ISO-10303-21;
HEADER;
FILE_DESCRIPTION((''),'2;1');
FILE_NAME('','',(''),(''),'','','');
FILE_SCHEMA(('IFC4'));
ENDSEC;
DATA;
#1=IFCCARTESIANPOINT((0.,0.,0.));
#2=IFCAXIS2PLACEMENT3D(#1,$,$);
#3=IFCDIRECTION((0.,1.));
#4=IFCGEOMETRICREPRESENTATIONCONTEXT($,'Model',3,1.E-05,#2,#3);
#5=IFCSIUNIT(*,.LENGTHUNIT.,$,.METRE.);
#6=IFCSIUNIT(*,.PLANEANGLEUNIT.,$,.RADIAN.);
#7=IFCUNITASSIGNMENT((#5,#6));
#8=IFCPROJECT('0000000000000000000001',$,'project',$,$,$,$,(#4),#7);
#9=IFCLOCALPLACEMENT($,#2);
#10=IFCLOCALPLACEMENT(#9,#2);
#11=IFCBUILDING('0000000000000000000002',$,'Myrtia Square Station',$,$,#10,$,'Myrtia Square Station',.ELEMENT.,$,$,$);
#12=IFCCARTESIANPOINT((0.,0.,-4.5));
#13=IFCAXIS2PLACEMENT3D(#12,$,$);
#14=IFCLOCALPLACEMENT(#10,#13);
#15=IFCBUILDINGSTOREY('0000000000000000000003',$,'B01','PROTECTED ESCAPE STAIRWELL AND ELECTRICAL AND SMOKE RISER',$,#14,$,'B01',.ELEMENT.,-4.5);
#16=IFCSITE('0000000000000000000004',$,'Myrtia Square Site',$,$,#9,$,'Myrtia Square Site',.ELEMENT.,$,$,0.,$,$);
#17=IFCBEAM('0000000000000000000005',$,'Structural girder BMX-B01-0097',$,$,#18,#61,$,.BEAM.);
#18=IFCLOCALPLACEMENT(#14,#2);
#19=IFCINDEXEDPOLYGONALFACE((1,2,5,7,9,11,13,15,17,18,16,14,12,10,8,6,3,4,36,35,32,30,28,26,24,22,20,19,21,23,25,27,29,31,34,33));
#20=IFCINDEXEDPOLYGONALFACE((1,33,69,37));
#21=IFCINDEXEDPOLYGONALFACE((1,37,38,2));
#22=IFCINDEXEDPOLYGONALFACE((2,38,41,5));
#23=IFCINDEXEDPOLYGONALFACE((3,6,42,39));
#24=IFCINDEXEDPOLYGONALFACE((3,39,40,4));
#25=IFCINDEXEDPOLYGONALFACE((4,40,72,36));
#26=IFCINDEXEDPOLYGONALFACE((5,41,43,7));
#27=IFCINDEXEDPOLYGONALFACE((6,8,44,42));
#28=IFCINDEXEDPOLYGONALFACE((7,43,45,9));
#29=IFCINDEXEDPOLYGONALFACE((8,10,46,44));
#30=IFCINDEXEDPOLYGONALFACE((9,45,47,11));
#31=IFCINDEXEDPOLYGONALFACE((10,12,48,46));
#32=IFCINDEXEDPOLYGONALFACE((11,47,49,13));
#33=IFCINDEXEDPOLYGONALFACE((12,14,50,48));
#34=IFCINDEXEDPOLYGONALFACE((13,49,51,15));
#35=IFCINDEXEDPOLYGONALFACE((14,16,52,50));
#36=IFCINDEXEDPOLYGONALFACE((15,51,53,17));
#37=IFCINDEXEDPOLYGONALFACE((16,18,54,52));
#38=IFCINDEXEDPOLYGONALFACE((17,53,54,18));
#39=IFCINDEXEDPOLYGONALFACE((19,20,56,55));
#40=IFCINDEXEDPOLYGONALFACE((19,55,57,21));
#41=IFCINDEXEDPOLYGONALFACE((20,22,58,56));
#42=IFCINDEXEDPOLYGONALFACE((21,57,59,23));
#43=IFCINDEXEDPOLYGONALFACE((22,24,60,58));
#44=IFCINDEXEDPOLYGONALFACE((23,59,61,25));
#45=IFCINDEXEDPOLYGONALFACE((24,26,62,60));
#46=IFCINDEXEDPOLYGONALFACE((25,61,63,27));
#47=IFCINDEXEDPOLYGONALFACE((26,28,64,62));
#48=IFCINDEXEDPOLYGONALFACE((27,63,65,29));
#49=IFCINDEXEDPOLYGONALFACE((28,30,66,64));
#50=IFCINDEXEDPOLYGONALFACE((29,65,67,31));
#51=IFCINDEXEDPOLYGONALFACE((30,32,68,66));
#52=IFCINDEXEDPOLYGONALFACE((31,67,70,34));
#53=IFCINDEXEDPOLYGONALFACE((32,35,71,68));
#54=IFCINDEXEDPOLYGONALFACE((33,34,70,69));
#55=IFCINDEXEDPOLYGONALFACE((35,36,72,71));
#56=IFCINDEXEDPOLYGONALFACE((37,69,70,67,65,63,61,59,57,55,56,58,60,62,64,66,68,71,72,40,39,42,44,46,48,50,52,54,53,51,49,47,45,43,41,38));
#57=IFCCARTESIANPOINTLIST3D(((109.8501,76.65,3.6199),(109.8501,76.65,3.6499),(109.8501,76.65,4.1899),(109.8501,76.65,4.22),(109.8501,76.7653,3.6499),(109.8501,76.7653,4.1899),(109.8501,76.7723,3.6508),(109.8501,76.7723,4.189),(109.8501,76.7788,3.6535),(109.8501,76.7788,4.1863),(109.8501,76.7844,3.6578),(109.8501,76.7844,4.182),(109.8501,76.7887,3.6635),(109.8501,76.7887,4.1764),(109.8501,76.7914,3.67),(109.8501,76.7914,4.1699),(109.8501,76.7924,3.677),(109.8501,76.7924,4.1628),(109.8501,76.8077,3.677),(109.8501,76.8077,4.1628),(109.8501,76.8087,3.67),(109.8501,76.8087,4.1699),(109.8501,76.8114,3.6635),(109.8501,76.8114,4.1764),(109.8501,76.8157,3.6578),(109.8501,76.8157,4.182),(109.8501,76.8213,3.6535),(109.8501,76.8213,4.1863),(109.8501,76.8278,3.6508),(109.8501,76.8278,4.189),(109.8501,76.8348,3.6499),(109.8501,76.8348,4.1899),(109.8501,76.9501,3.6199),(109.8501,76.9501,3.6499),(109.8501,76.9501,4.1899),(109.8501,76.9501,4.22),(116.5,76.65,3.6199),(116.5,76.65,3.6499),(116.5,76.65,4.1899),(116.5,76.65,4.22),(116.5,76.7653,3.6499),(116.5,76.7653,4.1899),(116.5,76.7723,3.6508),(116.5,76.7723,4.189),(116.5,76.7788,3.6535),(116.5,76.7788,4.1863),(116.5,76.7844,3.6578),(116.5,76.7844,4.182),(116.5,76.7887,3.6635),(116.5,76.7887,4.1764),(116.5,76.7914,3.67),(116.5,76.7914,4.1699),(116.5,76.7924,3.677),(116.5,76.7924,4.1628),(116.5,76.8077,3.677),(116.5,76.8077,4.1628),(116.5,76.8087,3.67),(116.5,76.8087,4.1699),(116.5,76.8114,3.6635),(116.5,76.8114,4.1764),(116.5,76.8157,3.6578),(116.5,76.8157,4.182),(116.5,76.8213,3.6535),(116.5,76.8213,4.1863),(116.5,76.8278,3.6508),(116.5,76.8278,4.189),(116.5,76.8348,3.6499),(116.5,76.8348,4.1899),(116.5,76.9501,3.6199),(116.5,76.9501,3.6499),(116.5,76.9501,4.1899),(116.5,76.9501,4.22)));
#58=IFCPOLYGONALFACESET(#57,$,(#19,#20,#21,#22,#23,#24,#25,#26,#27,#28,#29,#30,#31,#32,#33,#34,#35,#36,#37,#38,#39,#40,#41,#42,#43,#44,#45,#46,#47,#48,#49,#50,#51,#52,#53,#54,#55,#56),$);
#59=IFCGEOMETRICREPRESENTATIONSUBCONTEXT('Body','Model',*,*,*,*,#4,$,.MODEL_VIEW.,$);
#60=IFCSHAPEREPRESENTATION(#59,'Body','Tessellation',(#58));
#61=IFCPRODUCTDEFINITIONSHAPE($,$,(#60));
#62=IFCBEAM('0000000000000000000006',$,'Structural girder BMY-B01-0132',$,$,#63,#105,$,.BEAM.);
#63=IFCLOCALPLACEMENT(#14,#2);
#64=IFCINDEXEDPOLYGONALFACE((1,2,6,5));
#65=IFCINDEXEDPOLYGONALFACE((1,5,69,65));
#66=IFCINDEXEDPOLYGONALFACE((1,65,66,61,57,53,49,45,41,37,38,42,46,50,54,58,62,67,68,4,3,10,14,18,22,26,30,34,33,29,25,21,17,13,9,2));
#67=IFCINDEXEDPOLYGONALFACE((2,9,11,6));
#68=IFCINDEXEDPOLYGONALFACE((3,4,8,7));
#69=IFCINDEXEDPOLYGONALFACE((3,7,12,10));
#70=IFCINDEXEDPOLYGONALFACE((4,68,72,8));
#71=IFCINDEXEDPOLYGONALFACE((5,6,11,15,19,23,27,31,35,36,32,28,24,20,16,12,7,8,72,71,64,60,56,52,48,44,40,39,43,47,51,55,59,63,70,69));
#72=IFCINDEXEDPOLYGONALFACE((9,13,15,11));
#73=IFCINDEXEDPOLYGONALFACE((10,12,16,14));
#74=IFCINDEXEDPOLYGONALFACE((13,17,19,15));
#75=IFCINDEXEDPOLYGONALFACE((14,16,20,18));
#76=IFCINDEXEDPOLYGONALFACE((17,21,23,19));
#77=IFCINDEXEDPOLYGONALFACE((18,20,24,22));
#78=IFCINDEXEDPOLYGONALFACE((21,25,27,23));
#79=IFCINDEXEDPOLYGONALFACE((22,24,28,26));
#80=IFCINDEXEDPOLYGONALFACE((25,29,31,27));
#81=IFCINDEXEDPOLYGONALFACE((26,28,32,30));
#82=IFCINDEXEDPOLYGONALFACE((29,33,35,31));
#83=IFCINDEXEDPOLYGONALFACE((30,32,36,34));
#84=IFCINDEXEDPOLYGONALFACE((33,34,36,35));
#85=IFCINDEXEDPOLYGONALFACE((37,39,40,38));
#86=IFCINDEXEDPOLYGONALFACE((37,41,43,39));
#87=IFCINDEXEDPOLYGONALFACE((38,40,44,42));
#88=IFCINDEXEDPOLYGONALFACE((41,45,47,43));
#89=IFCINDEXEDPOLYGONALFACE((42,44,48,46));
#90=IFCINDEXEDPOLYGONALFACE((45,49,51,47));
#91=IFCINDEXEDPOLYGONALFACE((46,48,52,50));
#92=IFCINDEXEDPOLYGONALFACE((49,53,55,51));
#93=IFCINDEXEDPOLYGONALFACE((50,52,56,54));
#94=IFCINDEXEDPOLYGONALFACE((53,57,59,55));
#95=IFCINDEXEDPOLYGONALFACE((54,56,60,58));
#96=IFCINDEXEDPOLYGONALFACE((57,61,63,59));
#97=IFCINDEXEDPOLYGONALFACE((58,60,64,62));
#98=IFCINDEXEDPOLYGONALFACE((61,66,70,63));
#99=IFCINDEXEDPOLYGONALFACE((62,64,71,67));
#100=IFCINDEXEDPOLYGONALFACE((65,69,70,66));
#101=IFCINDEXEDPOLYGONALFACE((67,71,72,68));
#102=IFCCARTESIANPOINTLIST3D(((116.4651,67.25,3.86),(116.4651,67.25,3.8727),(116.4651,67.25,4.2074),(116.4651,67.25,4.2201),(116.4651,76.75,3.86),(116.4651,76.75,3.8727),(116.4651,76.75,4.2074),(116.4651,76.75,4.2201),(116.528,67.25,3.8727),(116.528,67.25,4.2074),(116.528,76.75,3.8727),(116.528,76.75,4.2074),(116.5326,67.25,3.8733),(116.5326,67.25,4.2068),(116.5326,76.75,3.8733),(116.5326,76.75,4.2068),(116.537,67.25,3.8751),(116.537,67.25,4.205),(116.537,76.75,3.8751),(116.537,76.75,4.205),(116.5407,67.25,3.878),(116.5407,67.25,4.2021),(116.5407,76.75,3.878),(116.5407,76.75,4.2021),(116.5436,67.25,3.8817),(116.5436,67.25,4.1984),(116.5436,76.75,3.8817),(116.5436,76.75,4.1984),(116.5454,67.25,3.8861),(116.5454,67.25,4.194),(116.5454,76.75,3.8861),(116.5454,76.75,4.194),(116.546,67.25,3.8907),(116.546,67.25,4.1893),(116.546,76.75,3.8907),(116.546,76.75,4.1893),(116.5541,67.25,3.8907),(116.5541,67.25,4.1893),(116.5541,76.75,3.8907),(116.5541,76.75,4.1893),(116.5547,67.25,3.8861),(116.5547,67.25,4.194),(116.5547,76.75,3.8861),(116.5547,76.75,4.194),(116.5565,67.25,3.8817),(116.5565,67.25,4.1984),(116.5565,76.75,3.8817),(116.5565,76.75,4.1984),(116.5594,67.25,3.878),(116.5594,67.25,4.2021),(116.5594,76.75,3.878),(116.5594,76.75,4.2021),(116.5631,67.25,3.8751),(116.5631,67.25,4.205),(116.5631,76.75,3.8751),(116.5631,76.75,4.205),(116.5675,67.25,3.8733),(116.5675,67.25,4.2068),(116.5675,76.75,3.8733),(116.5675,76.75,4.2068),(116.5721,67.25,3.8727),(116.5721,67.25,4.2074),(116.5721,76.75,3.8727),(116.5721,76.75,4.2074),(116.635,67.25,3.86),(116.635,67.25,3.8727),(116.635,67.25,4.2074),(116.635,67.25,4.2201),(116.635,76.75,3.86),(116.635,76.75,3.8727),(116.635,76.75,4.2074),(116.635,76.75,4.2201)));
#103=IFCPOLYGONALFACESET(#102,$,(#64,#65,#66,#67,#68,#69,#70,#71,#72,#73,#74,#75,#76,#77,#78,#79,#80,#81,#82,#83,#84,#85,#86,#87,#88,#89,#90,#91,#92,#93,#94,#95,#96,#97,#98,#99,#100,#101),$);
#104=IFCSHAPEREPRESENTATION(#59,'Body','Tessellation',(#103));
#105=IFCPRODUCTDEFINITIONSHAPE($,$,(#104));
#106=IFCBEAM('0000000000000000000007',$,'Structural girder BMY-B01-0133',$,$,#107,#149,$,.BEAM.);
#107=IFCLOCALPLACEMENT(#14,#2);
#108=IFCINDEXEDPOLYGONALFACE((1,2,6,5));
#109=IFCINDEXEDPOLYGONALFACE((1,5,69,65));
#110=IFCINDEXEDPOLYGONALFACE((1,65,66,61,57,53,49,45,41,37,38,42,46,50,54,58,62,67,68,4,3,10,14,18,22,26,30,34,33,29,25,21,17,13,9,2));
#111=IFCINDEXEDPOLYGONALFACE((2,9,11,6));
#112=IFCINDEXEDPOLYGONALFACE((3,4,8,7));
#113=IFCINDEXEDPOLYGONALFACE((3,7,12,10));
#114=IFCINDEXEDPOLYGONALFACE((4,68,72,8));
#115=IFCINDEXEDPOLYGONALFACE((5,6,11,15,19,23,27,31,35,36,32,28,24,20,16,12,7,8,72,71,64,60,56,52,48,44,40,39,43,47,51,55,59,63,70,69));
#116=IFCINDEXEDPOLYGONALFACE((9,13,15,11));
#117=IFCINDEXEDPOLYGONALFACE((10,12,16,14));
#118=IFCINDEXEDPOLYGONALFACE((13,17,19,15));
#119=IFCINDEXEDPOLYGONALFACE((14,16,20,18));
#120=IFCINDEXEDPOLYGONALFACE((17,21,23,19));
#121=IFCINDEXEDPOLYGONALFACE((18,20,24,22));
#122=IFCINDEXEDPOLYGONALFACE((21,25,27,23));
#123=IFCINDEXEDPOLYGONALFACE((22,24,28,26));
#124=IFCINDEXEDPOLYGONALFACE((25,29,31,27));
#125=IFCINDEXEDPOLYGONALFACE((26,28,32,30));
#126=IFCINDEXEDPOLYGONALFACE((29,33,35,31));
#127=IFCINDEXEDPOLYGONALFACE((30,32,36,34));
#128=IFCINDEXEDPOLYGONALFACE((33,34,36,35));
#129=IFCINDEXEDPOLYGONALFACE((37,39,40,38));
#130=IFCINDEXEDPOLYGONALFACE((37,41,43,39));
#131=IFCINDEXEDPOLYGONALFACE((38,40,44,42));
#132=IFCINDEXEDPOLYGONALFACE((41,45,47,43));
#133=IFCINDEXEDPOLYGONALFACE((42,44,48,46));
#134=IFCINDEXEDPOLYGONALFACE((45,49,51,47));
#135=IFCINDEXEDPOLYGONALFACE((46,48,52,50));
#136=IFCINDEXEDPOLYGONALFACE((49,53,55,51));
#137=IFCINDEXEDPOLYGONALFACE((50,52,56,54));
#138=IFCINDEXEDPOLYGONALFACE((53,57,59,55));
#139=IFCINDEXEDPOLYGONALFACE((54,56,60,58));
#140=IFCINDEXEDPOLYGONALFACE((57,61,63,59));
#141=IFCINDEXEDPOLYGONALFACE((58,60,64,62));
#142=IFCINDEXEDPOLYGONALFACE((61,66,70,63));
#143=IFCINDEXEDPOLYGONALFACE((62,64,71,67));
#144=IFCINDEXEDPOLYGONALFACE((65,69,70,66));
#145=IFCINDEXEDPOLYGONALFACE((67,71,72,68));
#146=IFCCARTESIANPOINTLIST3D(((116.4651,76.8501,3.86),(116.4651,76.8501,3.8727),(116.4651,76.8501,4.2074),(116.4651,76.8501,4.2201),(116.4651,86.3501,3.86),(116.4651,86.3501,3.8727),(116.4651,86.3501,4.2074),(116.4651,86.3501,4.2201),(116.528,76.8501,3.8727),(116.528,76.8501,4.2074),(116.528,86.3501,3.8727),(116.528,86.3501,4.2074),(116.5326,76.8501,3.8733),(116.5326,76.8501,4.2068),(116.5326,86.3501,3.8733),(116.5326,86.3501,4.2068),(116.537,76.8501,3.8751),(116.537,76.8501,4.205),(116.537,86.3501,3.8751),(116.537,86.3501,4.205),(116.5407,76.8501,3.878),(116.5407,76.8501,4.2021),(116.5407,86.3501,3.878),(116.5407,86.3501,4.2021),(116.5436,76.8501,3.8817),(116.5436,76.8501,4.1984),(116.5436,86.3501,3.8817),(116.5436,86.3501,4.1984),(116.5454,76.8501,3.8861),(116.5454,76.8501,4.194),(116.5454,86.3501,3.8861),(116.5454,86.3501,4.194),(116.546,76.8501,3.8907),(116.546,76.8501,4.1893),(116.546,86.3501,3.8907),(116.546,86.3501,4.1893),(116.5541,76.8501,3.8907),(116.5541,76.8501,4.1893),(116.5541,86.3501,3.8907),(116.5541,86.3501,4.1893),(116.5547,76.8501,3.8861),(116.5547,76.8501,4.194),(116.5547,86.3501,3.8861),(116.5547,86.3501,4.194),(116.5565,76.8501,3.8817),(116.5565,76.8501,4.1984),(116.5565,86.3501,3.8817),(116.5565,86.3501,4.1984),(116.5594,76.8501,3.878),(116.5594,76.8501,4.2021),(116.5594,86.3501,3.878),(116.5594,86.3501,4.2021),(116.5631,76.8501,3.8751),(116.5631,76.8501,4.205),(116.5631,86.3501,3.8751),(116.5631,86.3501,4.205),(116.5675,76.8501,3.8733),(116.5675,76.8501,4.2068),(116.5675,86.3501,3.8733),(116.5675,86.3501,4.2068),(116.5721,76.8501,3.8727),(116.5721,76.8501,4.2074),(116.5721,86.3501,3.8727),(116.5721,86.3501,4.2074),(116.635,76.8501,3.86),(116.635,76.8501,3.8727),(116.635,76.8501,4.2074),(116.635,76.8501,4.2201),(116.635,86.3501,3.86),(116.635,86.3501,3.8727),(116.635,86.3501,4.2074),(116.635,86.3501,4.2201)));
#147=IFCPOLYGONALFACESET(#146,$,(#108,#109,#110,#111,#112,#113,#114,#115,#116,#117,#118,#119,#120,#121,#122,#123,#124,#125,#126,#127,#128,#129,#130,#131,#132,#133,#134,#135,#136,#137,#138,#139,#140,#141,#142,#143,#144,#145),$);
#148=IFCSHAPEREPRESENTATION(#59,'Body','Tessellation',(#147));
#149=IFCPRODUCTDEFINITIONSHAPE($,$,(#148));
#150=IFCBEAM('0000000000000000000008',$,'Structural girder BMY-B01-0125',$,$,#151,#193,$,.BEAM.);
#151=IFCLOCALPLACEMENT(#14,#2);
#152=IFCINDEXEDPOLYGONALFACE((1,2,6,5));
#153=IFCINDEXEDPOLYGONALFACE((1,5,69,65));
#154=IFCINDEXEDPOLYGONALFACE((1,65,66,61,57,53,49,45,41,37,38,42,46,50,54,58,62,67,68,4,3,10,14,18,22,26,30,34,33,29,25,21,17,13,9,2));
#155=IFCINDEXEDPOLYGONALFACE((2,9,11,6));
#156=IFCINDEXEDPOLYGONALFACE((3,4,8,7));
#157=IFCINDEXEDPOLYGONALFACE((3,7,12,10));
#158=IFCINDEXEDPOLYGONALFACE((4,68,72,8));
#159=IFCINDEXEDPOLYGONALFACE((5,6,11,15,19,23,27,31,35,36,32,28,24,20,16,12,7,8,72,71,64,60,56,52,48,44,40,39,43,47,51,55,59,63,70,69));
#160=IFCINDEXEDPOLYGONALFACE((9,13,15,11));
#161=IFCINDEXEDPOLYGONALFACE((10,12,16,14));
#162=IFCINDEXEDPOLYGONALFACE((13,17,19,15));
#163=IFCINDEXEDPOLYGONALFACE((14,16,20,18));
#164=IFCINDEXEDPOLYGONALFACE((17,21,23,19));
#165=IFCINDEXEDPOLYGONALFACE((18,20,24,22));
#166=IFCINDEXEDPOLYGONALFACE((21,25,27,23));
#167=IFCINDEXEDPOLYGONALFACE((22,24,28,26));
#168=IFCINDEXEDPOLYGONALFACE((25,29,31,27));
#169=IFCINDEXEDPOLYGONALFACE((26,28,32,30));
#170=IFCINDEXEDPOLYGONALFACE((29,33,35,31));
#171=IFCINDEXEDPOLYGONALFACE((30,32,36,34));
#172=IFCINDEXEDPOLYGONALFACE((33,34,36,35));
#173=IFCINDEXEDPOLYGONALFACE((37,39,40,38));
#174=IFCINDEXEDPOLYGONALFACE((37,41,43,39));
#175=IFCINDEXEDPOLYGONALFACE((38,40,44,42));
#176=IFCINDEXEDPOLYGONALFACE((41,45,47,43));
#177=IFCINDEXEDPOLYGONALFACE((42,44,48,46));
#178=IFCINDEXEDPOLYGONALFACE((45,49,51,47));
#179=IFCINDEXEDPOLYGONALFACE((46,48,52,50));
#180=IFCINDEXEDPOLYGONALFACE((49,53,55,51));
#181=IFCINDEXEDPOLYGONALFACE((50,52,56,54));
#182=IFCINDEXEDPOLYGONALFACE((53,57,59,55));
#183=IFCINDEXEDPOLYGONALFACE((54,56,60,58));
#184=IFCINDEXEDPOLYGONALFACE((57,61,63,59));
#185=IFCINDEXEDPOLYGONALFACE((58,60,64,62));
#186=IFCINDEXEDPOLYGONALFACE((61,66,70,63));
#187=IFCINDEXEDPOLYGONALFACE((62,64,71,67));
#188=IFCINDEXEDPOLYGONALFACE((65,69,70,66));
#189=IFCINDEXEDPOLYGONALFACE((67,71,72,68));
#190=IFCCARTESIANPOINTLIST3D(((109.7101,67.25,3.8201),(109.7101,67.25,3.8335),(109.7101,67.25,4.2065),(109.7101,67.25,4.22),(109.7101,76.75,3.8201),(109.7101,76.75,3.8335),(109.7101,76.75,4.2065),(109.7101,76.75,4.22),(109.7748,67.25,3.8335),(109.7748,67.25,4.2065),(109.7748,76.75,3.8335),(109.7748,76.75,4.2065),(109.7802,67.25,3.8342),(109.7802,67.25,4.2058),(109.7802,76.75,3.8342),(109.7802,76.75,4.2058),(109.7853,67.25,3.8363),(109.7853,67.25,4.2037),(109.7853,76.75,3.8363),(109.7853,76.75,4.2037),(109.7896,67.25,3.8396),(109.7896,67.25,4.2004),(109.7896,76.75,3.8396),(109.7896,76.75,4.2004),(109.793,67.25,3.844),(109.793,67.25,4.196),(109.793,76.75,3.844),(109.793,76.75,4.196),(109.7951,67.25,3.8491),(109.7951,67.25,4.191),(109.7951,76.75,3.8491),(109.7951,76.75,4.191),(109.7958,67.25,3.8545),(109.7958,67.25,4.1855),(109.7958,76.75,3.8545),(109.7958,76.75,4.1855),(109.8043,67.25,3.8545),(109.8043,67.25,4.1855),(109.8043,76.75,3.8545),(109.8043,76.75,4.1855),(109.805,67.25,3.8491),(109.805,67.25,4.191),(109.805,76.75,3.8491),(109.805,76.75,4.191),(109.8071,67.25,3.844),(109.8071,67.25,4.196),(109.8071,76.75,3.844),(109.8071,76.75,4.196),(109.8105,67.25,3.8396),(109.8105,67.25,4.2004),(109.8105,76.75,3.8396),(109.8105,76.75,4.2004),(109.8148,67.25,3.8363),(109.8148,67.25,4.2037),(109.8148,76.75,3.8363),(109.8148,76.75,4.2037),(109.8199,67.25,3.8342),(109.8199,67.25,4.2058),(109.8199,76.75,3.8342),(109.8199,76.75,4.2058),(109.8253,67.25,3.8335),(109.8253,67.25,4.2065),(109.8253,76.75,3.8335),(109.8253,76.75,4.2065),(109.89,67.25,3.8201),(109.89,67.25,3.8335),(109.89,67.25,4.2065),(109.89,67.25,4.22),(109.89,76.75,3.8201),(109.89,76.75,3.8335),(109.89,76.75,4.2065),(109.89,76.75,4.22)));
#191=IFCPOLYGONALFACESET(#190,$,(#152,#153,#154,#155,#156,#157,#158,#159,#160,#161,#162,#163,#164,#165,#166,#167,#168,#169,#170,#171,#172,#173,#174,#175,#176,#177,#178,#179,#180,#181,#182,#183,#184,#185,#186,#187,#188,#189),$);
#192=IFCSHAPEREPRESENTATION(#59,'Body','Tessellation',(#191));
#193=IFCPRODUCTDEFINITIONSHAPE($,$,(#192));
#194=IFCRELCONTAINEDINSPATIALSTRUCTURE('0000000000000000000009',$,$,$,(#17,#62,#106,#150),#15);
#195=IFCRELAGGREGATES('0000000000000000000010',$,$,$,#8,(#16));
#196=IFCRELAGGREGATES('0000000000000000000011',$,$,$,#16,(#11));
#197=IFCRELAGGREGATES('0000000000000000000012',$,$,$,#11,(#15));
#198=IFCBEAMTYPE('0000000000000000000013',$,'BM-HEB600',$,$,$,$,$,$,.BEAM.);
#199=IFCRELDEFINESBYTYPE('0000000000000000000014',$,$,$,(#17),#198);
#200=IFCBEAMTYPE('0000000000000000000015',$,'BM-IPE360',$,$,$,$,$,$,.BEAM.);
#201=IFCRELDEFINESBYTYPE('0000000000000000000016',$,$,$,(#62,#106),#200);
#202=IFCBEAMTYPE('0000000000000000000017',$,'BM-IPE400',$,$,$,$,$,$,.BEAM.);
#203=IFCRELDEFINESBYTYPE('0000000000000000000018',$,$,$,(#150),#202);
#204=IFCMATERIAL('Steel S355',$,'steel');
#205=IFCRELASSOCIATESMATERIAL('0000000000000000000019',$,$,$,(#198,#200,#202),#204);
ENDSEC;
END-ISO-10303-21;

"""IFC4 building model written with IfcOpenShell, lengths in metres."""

from ifc_helpers import new_model, si_unit, direction, frame, origin, origin_2d, place, context, subcontext, project, spatial, i_section, extrude, material, material_profile, profile_set, type_object, element, save


model = new_model("IFC4")

# Units and contexts
model_context = context("Model", 3, precision=1e-05, world=origin(), true_north=direction((0.0, 1.0)))
body_context = subcontext(model_context, "Body", "Model", "MODEL_VIEW")
ifc_project = project(units=[si_unit("LENGTHUNIT", "METRE"), si_unit("PLANEANGLEUNIT", "RADIAN")], contexts=[model_context])

# Site, building, storey
site_placement = place(None, origin())
site = spatial("IfcSite", under=ifc_project, at=site_placement, Name="Myrtia Square Site", LongName="Myrtia Square Site", CompositionType="ELEMENT", RefElevation=0.0)
building_placement = place(site_placement, origin())
building = spatial("IfcBuilding", under=site, at=building_placement, Name="Myrtia Square Station", LongName="Myrtia Square Station", CompositionType="ELEMENT")
storey_placement = place(building_placement, frame((0.0, 0.0, -4.5)))
storey = spatial("IfcBuildingStorey", under=building, at=storey_placement, Name="B01", Description="PROTECTED ESCAPE STAIRWELL AND ELECTRICAL AND SMOKE RISER", LongName="B01", CompositionType="ELEMENT", Elevation=-4.5)

# Shared definitions
ifc_material_1 = material(Name="Steel S355", Category="steel")

# Beams
ifc_material_profile_1 = material_profile(ifc_material_1, i_section(OverallWidth=0.3, OverallDepth=0.6001, WebThickness=0.0154, FlangeThickness=0.03, FilletRadius=0.0271, at=origin_2d()), Name="HEB 600")
ifc_profile_set_1 = profile_set([ifc_material_profile_1], Name="Steel S355")
beam_type_1 = type_object("IfcBeamType", Name="BM-HEB600", PredefinedType="BEAM", material=ifc_profile_set_1)
for number, where, z_axis, x_axis, name in (
    (1, (109.8501, 76.8, 3.9199), (1.0, 0.0, 0.0), (0.0, 1.0, 0.0), "Structural girder BMX-B01-0097"),
):
    element("IfcBeam", number, at=place(storey_placement, frame(where, z_axis=z_axis, x_axis=x_axis)), inside=storey, type_object=beam_type_1, Name=name, PredefinedType="BEAM", context=body_context, shape_type="SweptSolid", body=[
        extrude(i_section(OverallWidth=0.3, OverallDepth=0.6001, WebThickness=0.0154, FlangeThickness=0.03, FilletRadius=0.0271, at=origin_2d()), origin(), (0.0, 0.0, 1.0), 6.6499),
    ])
ifc_material_profile_2 = material_profile(ifc_material_1, i_section(OverallWidth=0.1699, OverallDepth=0.3601, WebThickness=0.0081, FlangeThickness=0.0127, FilletRadius=0.0181, at=origin_2d()), Name="IPE 360")
ifc_profile_set_2 = profile_set([ifc_material_profile_2], Name="Steel S355")
beam_type_2 = type_object("IfcBeamType", Name="BM-IPE360", PredefinedType="BEAM", material=ifc_profile_set_2)
for number, where, z_axis, x_axis, name in (
    (2, (116.55, 67.25, 4.04), (0.0, 1.0, 0.0), (-1.0, 0.0, 0.0), "Structural girder BMY-B01-0132"),
    (3, (116.55, 76.8501, 4.04), (0.0, 1.0, 0.0), (-1.0, 0.0, 0.0), "Structural girder BMY-B01-0133"),
):
    element("IfcBeam", number, at=place(storey_placement, frame(where, z_axis=z_axis, x_axis=x_axis)), inside=storey, type_object=beam_type_2, Name=name, PredefinedType="BEAM", context=body_context, shape_type="SweptSolid", body=[
        extrude(i_section(OverallWidth=0.1699, OverallDepth=0.3601, WebThickness=0.0081, FlangeThickness=0.0127, FilletRadius=0.0181, at=origin_2d()), origin(), (0.0, 0.0, 1.0), 9.5),
    ])
ifc_material_profile_3 = material_profile(ifc_material_1, i_section(OverallWidth=0.1799, OverallDepth=0.3999, WebThickness=0.0085, FlangeThickness=0.0134, FilletRadius=0.021, at=origin_2d()), Name="IPE 400")
ifc_profile_set_3 = profile_set([ifc_material_profile_3], Name="Steel S355")
beam_type_3 = type_object("IfcBeamType", Name="BM-IPE400", PredefinedType="BEAM", material=ifc_profile_set_3)
for number, where, z_axis, x_axis, name in (
    (4, (109.8, 67.25, 4.02), (0.0, 1.0, 0.0), (-1.0, 0.0, 0.0), "Structural girder BMY-B01-0125"),
):
    element("IfcBeam", number, at=place(storey_placement, frame(where, z_axis=z_axis, x_axis=x_axis)), inside=storey, type_object=beam_type_3, Name=name, PredefinedType="BEAM", context=body_context, shape_type="SweptSolid", body=[
        extrude(i_section(OverallWidth=0.1799, OverallDepth=0.3999, WebThickness=0.0085, FlangeThickness=0.0134, FilletRadius=0.021, at=origin_2d()), origin(), (0.0, 0.0, 1.0), 9.5),
    ])

save(model, "model.ifc")
